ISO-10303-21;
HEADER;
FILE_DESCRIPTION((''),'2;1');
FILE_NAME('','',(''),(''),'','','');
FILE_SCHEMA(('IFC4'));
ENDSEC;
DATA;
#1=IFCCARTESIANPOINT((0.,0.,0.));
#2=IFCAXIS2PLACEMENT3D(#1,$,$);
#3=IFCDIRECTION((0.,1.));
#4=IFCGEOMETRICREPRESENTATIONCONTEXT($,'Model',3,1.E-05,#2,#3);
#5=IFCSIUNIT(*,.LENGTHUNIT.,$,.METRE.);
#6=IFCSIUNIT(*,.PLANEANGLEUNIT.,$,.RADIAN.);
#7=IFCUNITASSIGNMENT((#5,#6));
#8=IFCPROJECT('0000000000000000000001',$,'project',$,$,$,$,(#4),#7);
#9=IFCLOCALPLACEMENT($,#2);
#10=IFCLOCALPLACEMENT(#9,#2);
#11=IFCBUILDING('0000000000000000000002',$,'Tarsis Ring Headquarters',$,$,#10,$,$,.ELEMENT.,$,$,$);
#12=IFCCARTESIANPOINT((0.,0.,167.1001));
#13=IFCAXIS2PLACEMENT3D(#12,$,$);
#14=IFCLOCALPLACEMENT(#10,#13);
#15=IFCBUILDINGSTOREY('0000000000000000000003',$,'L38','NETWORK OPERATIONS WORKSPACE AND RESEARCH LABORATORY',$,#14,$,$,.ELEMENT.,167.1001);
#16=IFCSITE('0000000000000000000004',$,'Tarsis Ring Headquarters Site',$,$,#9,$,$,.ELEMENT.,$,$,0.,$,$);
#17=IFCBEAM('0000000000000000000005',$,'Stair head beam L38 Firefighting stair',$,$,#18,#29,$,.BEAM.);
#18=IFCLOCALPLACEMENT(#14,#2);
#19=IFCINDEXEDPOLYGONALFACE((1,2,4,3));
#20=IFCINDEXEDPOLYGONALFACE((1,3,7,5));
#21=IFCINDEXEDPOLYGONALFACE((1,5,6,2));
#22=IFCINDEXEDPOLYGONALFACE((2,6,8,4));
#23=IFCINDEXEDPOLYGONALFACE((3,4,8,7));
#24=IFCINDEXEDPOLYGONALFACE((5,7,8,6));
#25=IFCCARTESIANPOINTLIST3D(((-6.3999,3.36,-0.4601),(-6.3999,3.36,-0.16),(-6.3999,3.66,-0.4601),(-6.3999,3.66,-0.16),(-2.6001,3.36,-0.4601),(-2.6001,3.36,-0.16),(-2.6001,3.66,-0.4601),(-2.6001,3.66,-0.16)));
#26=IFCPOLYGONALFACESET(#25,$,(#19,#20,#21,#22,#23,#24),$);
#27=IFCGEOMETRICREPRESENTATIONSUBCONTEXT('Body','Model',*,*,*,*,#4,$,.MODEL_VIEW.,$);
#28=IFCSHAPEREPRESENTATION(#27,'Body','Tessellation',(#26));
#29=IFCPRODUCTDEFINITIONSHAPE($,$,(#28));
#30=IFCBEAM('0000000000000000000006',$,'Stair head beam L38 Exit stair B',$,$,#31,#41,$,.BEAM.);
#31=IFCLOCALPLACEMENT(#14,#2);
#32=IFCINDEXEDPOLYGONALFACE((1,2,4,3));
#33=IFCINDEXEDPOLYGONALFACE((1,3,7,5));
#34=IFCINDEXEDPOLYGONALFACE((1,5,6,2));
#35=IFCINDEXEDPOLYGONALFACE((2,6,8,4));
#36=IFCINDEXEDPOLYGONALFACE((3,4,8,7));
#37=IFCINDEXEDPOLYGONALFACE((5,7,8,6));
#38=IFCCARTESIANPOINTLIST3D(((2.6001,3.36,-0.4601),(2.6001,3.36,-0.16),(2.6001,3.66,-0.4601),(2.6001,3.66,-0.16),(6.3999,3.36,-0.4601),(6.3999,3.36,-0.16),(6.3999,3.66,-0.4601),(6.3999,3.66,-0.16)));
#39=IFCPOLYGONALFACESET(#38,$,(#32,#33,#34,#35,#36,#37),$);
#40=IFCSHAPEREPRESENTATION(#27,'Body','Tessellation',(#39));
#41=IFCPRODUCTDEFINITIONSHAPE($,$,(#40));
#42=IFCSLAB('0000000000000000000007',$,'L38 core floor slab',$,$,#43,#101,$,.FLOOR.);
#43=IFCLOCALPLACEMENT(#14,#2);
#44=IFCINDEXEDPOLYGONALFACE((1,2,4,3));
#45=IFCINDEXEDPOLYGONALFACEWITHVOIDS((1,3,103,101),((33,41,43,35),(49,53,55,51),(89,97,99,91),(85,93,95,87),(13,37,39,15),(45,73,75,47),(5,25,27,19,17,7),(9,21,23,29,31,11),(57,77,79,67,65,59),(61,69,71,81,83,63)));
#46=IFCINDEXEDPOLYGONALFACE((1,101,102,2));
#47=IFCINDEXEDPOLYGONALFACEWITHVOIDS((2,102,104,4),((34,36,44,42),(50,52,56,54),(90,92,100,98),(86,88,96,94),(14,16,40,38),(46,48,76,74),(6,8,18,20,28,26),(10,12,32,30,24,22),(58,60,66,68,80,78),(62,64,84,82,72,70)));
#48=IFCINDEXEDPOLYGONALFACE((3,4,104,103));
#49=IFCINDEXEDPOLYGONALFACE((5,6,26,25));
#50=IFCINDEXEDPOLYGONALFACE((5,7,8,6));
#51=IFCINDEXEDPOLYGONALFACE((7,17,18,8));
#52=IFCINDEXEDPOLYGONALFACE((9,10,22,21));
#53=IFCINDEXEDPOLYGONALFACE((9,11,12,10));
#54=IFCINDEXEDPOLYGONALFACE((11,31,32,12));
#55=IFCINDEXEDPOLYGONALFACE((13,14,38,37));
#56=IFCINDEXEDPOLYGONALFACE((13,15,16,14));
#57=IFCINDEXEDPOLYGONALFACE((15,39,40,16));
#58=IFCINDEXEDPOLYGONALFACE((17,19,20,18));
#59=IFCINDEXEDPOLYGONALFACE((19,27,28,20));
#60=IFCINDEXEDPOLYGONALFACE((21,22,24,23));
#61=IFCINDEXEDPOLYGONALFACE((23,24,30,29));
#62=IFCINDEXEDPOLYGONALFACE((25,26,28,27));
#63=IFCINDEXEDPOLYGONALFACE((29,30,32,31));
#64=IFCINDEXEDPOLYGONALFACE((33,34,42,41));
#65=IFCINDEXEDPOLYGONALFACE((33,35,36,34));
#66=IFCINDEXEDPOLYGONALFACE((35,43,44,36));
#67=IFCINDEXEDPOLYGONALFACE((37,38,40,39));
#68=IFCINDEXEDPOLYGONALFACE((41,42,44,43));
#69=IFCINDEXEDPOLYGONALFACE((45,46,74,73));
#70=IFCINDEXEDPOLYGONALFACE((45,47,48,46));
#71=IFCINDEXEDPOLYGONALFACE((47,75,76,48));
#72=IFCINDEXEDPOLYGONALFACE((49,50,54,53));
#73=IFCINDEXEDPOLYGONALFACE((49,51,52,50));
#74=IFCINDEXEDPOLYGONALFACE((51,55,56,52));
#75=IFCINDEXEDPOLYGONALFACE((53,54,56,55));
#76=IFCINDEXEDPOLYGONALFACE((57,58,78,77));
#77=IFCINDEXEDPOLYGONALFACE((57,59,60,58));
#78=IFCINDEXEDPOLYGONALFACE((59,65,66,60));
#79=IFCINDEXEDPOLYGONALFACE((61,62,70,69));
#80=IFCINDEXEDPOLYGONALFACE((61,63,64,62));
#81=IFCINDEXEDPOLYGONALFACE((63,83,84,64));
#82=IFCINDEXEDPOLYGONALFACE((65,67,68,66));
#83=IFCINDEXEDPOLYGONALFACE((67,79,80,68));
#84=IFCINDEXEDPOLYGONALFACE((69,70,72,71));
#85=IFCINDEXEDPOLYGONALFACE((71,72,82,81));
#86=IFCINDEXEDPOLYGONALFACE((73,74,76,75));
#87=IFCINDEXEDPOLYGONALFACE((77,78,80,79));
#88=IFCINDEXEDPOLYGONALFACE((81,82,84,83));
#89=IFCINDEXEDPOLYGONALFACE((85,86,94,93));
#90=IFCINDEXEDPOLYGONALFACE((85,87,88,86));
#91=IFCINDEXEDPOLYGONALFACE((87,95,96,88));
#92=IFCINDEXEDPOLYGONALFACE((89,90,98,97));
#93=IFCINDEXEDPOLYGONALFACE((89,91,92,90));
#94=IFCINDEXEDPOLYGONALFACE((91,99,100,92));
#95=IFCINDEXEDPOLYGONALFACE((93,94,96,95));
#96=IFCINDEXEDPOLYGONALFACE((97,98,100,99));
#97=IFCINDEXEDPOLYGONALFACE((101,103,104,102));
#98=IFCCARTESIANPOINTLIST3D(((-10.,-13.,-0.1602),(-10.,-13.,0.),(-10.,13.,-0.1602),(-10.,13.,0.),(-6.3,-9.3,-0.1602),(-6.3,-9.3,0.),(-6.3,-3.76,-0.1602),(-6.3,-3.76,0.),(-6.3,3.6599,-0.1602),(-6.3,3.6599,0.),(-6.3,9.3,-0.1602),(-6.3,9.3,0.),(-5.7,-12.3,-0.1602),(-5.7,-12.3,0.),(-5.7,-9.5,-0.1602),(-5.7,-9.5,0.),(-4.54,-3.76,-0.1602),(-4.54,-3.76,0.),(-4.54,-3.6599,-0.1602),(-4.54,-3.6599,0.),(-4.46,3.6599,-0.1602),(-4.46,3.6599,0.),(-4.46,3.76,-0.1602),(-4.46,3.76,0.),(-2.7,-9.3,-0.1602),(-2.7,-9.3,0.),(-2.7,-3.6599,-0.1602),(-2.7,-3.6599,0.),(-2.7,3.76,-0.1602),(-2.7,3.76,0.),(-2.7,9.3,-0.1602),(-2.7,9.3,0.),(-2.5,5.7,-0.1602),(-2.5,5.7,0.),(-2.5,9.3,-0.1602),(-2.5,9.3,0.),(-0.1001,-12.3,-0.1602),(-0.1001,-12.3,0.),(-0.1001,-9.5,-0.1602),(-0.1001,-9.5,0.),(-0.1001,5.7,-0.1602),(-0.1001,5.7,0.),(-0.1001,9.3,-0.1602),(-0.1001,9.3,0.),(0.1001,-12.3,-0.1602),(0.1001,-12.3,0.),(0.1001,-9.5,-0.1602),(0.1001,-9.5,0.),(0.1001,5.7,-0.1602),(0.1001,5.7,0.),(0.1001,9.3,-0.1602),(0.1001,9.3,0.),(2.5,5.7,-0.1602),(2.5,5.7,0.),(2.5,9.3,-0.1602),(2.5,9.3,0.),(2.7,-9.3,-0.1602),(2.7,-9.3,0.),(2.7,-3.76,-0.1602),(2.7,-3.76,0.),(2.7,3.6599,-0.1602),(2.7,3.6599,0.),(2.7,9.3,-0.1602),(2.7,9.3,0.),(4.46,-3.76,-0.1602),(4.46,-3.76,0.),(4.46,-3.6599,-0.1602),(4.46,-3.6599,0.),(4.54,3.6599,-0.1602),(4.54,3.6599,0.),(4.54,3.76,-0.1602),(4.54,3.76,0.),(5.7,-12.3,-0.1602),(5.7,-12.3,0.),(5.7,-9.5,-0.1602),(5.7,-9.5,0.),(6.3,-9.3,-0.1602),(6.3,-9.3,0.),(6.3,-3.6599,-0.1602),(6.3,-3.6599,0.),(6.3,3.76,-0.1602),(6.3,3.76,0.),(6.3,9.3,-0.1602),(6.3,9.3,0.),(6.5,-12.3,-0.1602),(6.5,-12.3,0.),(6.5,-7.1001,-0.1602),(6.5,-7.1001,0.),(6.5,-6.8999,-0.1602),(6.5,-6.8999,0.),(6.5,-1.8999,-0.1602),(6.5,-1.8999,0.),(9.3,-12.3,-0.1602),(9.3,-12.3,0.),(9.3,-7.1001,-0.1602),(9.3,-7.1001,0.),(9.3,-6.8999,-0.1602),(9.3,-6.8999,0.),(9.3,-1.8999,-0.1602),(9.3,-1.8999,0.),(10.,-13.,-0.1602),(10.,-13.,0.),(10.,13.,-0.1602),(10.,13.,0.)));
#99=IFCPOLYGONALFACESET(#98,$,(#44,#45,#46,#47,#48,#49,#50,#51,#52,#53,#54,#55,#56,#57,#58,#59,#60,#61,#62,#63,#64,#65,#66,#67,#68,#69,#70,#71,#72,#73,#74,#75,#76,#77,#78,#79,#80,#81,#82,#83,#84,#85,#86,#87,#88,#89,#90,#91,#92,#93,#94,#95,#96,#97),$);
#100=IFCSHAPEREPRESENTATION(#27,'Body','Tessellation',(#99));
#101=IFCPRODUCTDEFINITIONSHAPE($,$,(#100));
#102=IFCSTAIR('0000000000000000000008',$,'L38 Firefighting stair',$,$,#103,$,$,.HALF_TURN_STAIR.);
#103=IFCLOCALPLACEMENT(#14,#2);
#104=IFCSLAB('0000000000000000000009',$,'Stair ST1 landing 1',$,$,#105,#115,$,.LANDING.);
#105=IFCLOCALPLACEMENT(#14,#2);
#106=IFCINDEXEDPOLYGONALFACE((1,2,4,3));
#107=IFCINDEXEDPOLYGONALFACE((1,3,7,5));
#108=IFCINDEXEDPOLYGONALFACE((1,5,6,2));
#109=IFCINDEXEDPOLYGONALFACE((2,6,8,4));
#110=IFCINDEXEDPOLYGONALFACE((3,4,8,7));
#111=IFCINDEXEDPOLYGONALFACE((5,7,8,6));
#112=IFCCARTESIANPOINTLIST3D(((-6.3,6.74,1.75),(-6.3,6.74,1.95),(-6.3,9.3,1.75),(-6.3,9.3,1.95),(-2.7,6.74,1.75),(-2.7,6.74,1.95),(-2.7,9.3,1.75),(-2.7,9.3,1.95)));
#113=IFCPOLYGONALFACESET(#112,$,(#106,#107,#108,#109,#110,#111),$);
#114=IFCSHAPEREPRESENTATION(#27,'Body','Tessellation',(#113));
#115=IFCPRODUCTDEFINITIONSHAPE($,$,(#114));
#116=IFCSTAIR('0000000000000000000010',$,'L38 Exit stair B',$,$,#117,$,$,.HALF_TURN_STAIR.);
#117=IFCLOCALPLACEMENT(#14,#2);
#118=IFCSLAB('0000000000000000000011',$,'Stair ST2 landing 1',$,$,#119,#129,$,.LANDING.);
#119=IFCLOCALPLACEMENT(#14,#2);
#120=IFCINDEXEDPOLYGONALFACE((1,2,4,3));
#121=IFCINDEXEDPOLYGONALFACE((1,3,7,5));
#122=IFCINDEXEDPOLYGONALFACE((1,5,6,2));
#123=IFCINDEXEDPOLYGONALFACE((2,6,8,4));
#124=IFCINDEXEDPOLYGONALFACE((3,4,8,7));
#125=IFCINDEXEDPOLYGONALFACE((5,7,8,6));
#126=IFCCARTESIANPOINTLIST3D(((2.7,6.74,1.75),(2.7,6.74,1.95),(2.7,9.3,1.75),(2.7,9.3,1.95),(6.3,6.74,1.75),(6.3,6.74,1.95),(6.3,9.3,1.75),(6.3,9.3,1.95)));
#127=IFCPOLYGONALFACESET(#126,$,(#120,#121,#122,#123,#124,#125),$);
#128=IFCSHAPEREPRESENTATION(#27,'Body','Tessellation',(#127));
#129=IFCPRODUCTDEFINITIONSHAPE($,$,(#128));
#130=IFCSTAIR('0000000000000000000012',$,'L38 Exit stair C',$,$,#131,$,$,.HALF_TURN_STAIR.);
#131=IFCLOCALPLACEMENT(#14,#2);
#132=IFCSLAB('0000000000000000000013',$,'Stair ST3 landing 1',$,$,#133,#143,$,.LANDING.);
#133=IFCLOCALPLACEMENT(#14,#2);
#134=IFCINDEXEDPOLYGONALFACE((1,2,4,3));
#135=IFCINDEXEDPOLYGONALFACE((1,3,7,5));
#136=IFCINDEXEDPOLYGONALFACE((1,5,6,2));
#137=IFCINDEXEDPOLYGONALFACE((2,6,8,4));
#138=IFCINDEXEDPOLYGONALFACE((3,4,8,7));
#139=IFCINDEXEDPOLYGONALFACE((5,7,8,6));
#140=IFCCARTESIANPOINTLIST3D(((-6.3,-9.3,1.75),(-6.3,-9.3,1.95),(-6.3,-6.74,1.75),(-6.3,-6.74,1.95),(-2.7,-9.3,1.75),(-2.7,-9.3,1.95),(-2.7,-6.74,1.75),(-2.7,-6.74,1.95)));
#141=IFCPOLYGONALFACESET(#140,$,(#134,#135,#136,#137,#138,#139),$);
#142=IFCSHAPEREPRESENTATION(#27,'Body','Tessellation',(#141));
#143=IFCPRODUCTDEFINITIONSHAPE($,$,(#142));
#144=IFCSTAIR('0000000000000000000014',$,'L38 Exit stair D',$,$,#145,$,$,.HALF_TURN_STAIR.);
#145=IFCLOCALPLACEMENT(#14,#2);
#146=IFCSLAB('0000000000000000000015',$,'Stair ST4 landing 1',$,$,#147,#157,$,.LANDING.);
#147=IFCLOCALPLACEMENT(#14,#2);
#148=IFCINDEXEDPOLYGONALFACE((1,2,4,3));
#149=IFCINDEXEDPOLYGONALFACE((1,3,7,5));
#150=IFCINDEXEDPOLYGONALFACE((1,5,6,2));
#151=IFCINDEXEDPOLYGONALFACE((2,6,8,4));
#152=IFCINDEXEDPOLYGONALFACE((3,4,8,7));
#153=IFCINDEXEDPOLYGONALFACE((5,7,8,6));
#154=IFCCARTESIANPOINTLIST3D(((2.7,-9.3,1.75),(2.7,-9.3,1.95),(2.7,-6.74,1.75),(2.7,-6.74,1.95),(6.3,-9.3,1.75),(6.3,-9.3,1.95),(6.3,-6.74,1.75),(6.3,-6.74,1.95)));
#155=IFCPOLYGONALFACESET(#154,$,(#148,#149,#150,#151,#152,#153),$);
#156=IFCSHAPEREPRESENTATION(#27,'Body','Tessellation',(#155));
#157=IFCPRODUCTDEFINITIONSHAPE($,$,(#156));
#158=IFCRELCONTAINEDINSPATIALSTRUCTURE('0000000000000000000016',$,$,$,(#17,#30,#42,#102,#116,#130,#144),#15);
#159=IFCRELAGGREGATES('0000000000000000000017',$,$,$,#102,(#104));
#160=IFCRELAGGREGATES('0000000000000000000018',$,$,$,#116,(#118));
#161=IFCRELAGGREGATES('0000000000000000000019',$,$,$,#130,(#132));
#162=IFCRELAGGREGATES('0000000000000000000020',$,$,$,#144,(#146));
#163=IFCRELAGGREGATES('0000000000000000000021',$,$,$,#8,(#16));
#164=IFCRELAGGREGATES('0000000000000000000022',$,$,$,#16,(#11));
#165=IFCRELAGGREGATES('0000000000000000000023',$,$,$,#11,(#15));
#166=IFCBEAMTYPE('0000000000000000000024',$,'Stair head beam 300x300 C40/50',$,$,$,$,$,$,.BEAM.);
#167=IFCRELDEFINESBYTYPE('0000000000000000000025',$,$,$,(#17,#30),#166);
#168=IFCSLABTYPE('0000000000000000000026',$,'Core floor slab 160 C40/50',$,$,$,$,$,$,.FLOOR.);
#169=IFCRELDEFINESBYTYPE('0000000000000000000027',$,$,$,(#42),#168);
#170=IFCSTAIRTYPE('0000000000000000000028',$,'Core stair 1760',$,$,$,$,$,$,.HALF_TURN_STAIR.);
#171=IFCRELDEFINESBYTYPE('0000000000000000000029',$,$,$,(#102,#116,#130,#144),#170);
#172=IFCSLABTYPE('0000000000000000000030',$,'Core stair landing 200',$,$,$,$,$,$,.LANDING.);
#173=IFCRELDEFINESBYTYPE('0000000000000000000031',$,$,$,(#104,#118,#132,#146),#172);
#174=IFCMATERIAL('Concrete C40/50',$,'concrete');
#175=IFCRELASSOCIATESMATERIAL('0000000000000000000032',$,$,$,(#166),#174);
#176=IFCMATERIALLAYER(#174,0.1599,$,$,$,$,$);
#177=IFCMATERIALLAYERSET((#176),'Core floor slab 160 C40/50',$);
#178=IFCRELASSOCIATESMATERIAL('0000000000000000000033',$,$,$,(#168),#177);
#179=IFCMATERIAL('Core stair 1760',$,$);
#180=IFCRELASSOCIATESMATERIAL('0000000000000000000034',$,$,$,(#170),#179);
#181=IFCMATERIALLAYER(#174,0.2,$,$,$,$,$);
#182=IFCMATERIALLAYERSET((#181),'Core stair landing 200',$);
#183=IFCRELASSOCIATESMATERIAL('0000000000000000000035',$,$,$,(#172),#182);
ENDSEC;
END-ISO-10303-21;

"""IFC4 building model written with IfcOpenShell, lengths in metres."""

from ifc_helpers import new_model, si_unit, direction, frame, origin, origin_2d, place, context, subcontext, project, spatial, polyline, rectangle, outline, extrude, material, layer, layer_set, material_profile, profile_set, type_object, element, aggregate, save


model = new_model("IFC4")

# Units and contexts
model_context = context("Model", 3, precision=1e-05, world=origin(), true_north=direction((0.0, 1.0)))
body_context = subcontext(model_context, "Body", "Model", "MODEL_VIEW")
ifc_project = project(units=[si_unit("LENGTHUNIT", "METRE"), si_unit("PLANEANGLEUNIT", "RADIAN")], contexts=[model_context])

# Site, building, storey
site_placement = place(None, origin())
site = spatial("IfcSite", under=ifc_project, at=site_placement, Name="Tarsis Ring Headquarters Site", CompositionType="ELEMENT", RefElevation=0.0)
building_placement = place(site_placement, origin())
building = spatial("IfcBuilding", under=site, at=building_placement, Name="Tarsis Ring Headquarters", CompositionType="ELEMENT")
storey_placement = place(building_placement, frame((0.0, 0.0, 167.1001)))
storey = spatial("IfcBuildingStorey", under=building, at=storey_placement, Name="L38", Description="NETWORK OPERATIONS WORKSPACE AND RESEARCH LABORATORY", CompositionType="ELEMENT", Elevation=167.1001)

# Beams
ifc_material_1 = material(Name="Concrete C40/50", Category="concrete")
ifc_material_profile = material_profile(ifc_material_1, rectangle(XDim=0.3, YDim=0.3, at=origin_2d()), Name="Stair head beam 300x300 C40/50")
ifc_profile_set = profile_set([ifc_material_profile], Name="Concrete C40/50")
beam_type = type_object("IfcBeamType", Name="Stair head beam 300x300 C40/50", PredefinedType="BEAM", material=ifc_profile_set)
for number, where, z_axis, x_axis, name in (
    (1, (-6.3999, 3.51, -0.3101), (1.0, 0.0, 0.0), (0.0, 1.0, 0.0), "Stair head beam L38 Firefighting stair"),
    (2, (2.6001, 3.51, -0.3101), (1.0, 0.0, 0.0), (0.0, 1.0, 0.0), "Stair head beam L38 Exit stair B"),
):
    element("IfcBeam", number, at=place(storey_placement, frame(where, z_axis=z_axis, x_axis=x_axis)), inside=storey, type_object=beam_type, Name=name, PredefinedType="BEAM", context=body_context, shape_type="SweptSolid", body=[
        extrude(rectangle(XDim=0.3, YDim=0.3, at=origin_2d()), origin(), (0.0, 0.0, 1.0), 3.7998),
    ])

# Slab
ifc_layer_1 = layer(ifc_material_1, 0.1599)
ifc_layer_set_1 = layer_set([ifc_layer_1], Name="Core floor slab 160 C40/50")
slab_type_1 = type_object("IfcSlabType", Name="Core floor slab 160 C40/50", PredefinedType="FLOOR", material=ifc_layer_set_1)
slab_1_placement = place(storey_placement, frame((0.0, 0.0, -0.1602)))
element("IfcSlab", 3, at=slab_1_placement, inside=storey, type_object=slab_type_1, Name="L38 core floor slab", PredefinedType="FLOOR", context=body_context, shape_type="SweptSolid", body=[
    extrude(outline(polyline([(-10.0, -13.0), (10.0, -13.0), (10.0, 13.0), (-10.0, 13.0), (-10.0, -13.0)]), holes=[polyline([(-2.5, 5.7), (-0.1001, 5.7), (-0.1001, 9.3), (-2.5, 9.3), (-2.5, 5.7)]), polyline([(0.1001, 5.7), (2.5, 5.7), (2.5, 9.3), (0.1001, 9.3), (0.1001, 5.7)]), polyline([(6.5, -12.3), (9.3, -12.3), (9.3, -7.1001), (6.5, -7.1001), (6.5, -12.3)]), polyline([(6.5, -6.8999), (9.3, -6.8999), (9.3, -1.8999), (6.5, -1.8999), (6.5, -6.8999)]), polyline([(-5.7, -12.3), (-0.1001, -12.3), (-0.1001, -9.5), (-5.7, -9.5), (-5.7, -12.3)]), polyline([(0.1001, -12.3), (5.7, -12.3), (5.7, -9.5), (0.1001, -9.5), (0.1001, -12.3)]), polyline([(-2.7, 3.76), (-2.7, 9.3), (-6.3, 9.3), (-6.3, 3.6599), (-4.46, 3.6599), (-4.46, 3.76), (-2.7, 3.76)]), polyline([(6.3, 3.76), (6.3, 9.3), (2.7, 9.3), (2.7, 3.6599), (4.54, 3.6599), (4.54, 3.76), (6.3, 3.76)]), polyline([(-6.3, -3.76), (-6.3, -9.3), (-2.7, -9.3), (-2.7, -3.6599), (-4.54, -3.6599), (-4.54, -3.76), (-6.3, -3.76)]), polyline([(2.7, -3.76), (2.7, -9.3), (6.3, -9.3), (6.3, -3.6599), (4.46, -3.6599), (4.46, -3.76), (2.7, -3.76)])]), origin(), (0.0, 0.0, 1.0), 0.1602),
])

# Stairs, slabs
ifc_material_2 = material(Name="Core stair 1760")
stair_type = type_object("IfcStairType", Name="Core stair 1760", PredefinedType="HALF_TURN_STAIR", material=ifc_material_2)
stair_1_placement = place(storey_placement, origin())
stair_1 = element("IfcStair", 4, at=stair_1_placement, inside=storey, type_object=stair_type, Name="L38 Firefighting stair", PredefinedType="HALF_TURN_STAIR")
ifc_layer_2 = layer(ifc_material_1, 0.2)
ifc_layer_set_2 = layer_set([ifc_layer_2], Name="Core stair landing 200")
slab_type_2 = type_object("IfcSlabType", Name="Core stair landing 200", PredefinedType="LANDING", material=ifc_layer_set_2)
slab_2_placement = place(storey_placement, frame((0.0, 0.0, 1.75)))
slab_2 = element("IfcSlab", 5, at=slab_2_placement, type_object=slab_type_2, Name="Stair ST1 landing 1", PredefinedType="LANDING", context=body_context, shape_type="SweptSolid", body=[
    extrude(outline(polyline([(-2.7, 6.74), (-2.7, 9.3), (-6.3, 9.3), (-6.3, 6.74), (-2.7, 6.74)])), origin(), (0.0, 0.0, 1.0), 0.2),
])
aggregate(stair_1, [slab_2])
stair_2_placement = place(storey_placement, origin())
stair_2 = element("IfcStair", 6, at=stair_2_placement, inside=storey, type_object=stair_type, Name="L38 Exit stair B", PredefinedType="HALF_TURN_STAIR")
slab_3_placement = place(storey_placement, frame((0.0, 0.0, 1.75)))
slab_3 = element("IfcSlab", 7, at=slab_3_placement, type_object=slab_type_2, Name="Stair ST2 landing 1", PredefinedType="LANDING", context=body_context, shape_type="SweptSolid", body=[
    extrude(outline(polyline([(6.3, 6.74), (6.3, 9.3), (2.7, 9.3), (2.7, 6.74), (6.3, 6.74)])), origin(), (0.0, 0.0, 1.0), 0.2),
])
aggregate(stair_2, [slab_3])
stair_3_placement = place(storey_placement, origin())
stair_3 = element("IfcStair", 8, at=stair_3_placement, inside=storey, type_object=stair_type, Name="L38 Exit stair C", PredefinedType="HALF_TURN_STAIR")
slab_4_placement = place(storey_placement, frame((0.0, 0.0, 1.75)))
slab_4 = element("IfcSlab", 9, at=slab_4_placement, type_object=slab_type_2, Name="Stair ST3 landing 1", PredefinedType="LANDING", context=body_context, shape_type="SweptSolid", body=[
    extrude(outline(polyline([(-6.3, -6.74), (-6.3, -9.3), (-2.7, -9.3), (-2.7, -6.74), (-6.3, -6.74)])), origin(), (0.0, 0.0, 1.0), 0.2),
])
aggregate(stair_3, [slab_4])
stair_4_placement = place(storey_placement, origin())
stair_4 = element("IfcStair", 10, at=stair_4_placement, inside=storey, type_object=stair_type, Name="L38 Exit stair D", PredefinedType="HALF_TURN_STAIR")
slab_5_placement = place(storey_placement, frame((0.0, 0.0, 1.75)))
slab_5 = element("IfcSlab", 11, at=slab_5_placement, type_object=slab_type_2, Name="Stair ST4 landing 1", PredefinedType="LANDING", context=body_context, shape_type="SweptSolid", body=[
    extrude(outline(polyline([(2.7, -6.74), (2.7, -9.3), (6.3, -9.3), (6.3, -6.74), (2.7, -6.74)])), origin(), (0.0, 0.0, 1.0), 0.2),
])
aggregate(stair_4, [slab_5])

save(model, "model.ifc")
